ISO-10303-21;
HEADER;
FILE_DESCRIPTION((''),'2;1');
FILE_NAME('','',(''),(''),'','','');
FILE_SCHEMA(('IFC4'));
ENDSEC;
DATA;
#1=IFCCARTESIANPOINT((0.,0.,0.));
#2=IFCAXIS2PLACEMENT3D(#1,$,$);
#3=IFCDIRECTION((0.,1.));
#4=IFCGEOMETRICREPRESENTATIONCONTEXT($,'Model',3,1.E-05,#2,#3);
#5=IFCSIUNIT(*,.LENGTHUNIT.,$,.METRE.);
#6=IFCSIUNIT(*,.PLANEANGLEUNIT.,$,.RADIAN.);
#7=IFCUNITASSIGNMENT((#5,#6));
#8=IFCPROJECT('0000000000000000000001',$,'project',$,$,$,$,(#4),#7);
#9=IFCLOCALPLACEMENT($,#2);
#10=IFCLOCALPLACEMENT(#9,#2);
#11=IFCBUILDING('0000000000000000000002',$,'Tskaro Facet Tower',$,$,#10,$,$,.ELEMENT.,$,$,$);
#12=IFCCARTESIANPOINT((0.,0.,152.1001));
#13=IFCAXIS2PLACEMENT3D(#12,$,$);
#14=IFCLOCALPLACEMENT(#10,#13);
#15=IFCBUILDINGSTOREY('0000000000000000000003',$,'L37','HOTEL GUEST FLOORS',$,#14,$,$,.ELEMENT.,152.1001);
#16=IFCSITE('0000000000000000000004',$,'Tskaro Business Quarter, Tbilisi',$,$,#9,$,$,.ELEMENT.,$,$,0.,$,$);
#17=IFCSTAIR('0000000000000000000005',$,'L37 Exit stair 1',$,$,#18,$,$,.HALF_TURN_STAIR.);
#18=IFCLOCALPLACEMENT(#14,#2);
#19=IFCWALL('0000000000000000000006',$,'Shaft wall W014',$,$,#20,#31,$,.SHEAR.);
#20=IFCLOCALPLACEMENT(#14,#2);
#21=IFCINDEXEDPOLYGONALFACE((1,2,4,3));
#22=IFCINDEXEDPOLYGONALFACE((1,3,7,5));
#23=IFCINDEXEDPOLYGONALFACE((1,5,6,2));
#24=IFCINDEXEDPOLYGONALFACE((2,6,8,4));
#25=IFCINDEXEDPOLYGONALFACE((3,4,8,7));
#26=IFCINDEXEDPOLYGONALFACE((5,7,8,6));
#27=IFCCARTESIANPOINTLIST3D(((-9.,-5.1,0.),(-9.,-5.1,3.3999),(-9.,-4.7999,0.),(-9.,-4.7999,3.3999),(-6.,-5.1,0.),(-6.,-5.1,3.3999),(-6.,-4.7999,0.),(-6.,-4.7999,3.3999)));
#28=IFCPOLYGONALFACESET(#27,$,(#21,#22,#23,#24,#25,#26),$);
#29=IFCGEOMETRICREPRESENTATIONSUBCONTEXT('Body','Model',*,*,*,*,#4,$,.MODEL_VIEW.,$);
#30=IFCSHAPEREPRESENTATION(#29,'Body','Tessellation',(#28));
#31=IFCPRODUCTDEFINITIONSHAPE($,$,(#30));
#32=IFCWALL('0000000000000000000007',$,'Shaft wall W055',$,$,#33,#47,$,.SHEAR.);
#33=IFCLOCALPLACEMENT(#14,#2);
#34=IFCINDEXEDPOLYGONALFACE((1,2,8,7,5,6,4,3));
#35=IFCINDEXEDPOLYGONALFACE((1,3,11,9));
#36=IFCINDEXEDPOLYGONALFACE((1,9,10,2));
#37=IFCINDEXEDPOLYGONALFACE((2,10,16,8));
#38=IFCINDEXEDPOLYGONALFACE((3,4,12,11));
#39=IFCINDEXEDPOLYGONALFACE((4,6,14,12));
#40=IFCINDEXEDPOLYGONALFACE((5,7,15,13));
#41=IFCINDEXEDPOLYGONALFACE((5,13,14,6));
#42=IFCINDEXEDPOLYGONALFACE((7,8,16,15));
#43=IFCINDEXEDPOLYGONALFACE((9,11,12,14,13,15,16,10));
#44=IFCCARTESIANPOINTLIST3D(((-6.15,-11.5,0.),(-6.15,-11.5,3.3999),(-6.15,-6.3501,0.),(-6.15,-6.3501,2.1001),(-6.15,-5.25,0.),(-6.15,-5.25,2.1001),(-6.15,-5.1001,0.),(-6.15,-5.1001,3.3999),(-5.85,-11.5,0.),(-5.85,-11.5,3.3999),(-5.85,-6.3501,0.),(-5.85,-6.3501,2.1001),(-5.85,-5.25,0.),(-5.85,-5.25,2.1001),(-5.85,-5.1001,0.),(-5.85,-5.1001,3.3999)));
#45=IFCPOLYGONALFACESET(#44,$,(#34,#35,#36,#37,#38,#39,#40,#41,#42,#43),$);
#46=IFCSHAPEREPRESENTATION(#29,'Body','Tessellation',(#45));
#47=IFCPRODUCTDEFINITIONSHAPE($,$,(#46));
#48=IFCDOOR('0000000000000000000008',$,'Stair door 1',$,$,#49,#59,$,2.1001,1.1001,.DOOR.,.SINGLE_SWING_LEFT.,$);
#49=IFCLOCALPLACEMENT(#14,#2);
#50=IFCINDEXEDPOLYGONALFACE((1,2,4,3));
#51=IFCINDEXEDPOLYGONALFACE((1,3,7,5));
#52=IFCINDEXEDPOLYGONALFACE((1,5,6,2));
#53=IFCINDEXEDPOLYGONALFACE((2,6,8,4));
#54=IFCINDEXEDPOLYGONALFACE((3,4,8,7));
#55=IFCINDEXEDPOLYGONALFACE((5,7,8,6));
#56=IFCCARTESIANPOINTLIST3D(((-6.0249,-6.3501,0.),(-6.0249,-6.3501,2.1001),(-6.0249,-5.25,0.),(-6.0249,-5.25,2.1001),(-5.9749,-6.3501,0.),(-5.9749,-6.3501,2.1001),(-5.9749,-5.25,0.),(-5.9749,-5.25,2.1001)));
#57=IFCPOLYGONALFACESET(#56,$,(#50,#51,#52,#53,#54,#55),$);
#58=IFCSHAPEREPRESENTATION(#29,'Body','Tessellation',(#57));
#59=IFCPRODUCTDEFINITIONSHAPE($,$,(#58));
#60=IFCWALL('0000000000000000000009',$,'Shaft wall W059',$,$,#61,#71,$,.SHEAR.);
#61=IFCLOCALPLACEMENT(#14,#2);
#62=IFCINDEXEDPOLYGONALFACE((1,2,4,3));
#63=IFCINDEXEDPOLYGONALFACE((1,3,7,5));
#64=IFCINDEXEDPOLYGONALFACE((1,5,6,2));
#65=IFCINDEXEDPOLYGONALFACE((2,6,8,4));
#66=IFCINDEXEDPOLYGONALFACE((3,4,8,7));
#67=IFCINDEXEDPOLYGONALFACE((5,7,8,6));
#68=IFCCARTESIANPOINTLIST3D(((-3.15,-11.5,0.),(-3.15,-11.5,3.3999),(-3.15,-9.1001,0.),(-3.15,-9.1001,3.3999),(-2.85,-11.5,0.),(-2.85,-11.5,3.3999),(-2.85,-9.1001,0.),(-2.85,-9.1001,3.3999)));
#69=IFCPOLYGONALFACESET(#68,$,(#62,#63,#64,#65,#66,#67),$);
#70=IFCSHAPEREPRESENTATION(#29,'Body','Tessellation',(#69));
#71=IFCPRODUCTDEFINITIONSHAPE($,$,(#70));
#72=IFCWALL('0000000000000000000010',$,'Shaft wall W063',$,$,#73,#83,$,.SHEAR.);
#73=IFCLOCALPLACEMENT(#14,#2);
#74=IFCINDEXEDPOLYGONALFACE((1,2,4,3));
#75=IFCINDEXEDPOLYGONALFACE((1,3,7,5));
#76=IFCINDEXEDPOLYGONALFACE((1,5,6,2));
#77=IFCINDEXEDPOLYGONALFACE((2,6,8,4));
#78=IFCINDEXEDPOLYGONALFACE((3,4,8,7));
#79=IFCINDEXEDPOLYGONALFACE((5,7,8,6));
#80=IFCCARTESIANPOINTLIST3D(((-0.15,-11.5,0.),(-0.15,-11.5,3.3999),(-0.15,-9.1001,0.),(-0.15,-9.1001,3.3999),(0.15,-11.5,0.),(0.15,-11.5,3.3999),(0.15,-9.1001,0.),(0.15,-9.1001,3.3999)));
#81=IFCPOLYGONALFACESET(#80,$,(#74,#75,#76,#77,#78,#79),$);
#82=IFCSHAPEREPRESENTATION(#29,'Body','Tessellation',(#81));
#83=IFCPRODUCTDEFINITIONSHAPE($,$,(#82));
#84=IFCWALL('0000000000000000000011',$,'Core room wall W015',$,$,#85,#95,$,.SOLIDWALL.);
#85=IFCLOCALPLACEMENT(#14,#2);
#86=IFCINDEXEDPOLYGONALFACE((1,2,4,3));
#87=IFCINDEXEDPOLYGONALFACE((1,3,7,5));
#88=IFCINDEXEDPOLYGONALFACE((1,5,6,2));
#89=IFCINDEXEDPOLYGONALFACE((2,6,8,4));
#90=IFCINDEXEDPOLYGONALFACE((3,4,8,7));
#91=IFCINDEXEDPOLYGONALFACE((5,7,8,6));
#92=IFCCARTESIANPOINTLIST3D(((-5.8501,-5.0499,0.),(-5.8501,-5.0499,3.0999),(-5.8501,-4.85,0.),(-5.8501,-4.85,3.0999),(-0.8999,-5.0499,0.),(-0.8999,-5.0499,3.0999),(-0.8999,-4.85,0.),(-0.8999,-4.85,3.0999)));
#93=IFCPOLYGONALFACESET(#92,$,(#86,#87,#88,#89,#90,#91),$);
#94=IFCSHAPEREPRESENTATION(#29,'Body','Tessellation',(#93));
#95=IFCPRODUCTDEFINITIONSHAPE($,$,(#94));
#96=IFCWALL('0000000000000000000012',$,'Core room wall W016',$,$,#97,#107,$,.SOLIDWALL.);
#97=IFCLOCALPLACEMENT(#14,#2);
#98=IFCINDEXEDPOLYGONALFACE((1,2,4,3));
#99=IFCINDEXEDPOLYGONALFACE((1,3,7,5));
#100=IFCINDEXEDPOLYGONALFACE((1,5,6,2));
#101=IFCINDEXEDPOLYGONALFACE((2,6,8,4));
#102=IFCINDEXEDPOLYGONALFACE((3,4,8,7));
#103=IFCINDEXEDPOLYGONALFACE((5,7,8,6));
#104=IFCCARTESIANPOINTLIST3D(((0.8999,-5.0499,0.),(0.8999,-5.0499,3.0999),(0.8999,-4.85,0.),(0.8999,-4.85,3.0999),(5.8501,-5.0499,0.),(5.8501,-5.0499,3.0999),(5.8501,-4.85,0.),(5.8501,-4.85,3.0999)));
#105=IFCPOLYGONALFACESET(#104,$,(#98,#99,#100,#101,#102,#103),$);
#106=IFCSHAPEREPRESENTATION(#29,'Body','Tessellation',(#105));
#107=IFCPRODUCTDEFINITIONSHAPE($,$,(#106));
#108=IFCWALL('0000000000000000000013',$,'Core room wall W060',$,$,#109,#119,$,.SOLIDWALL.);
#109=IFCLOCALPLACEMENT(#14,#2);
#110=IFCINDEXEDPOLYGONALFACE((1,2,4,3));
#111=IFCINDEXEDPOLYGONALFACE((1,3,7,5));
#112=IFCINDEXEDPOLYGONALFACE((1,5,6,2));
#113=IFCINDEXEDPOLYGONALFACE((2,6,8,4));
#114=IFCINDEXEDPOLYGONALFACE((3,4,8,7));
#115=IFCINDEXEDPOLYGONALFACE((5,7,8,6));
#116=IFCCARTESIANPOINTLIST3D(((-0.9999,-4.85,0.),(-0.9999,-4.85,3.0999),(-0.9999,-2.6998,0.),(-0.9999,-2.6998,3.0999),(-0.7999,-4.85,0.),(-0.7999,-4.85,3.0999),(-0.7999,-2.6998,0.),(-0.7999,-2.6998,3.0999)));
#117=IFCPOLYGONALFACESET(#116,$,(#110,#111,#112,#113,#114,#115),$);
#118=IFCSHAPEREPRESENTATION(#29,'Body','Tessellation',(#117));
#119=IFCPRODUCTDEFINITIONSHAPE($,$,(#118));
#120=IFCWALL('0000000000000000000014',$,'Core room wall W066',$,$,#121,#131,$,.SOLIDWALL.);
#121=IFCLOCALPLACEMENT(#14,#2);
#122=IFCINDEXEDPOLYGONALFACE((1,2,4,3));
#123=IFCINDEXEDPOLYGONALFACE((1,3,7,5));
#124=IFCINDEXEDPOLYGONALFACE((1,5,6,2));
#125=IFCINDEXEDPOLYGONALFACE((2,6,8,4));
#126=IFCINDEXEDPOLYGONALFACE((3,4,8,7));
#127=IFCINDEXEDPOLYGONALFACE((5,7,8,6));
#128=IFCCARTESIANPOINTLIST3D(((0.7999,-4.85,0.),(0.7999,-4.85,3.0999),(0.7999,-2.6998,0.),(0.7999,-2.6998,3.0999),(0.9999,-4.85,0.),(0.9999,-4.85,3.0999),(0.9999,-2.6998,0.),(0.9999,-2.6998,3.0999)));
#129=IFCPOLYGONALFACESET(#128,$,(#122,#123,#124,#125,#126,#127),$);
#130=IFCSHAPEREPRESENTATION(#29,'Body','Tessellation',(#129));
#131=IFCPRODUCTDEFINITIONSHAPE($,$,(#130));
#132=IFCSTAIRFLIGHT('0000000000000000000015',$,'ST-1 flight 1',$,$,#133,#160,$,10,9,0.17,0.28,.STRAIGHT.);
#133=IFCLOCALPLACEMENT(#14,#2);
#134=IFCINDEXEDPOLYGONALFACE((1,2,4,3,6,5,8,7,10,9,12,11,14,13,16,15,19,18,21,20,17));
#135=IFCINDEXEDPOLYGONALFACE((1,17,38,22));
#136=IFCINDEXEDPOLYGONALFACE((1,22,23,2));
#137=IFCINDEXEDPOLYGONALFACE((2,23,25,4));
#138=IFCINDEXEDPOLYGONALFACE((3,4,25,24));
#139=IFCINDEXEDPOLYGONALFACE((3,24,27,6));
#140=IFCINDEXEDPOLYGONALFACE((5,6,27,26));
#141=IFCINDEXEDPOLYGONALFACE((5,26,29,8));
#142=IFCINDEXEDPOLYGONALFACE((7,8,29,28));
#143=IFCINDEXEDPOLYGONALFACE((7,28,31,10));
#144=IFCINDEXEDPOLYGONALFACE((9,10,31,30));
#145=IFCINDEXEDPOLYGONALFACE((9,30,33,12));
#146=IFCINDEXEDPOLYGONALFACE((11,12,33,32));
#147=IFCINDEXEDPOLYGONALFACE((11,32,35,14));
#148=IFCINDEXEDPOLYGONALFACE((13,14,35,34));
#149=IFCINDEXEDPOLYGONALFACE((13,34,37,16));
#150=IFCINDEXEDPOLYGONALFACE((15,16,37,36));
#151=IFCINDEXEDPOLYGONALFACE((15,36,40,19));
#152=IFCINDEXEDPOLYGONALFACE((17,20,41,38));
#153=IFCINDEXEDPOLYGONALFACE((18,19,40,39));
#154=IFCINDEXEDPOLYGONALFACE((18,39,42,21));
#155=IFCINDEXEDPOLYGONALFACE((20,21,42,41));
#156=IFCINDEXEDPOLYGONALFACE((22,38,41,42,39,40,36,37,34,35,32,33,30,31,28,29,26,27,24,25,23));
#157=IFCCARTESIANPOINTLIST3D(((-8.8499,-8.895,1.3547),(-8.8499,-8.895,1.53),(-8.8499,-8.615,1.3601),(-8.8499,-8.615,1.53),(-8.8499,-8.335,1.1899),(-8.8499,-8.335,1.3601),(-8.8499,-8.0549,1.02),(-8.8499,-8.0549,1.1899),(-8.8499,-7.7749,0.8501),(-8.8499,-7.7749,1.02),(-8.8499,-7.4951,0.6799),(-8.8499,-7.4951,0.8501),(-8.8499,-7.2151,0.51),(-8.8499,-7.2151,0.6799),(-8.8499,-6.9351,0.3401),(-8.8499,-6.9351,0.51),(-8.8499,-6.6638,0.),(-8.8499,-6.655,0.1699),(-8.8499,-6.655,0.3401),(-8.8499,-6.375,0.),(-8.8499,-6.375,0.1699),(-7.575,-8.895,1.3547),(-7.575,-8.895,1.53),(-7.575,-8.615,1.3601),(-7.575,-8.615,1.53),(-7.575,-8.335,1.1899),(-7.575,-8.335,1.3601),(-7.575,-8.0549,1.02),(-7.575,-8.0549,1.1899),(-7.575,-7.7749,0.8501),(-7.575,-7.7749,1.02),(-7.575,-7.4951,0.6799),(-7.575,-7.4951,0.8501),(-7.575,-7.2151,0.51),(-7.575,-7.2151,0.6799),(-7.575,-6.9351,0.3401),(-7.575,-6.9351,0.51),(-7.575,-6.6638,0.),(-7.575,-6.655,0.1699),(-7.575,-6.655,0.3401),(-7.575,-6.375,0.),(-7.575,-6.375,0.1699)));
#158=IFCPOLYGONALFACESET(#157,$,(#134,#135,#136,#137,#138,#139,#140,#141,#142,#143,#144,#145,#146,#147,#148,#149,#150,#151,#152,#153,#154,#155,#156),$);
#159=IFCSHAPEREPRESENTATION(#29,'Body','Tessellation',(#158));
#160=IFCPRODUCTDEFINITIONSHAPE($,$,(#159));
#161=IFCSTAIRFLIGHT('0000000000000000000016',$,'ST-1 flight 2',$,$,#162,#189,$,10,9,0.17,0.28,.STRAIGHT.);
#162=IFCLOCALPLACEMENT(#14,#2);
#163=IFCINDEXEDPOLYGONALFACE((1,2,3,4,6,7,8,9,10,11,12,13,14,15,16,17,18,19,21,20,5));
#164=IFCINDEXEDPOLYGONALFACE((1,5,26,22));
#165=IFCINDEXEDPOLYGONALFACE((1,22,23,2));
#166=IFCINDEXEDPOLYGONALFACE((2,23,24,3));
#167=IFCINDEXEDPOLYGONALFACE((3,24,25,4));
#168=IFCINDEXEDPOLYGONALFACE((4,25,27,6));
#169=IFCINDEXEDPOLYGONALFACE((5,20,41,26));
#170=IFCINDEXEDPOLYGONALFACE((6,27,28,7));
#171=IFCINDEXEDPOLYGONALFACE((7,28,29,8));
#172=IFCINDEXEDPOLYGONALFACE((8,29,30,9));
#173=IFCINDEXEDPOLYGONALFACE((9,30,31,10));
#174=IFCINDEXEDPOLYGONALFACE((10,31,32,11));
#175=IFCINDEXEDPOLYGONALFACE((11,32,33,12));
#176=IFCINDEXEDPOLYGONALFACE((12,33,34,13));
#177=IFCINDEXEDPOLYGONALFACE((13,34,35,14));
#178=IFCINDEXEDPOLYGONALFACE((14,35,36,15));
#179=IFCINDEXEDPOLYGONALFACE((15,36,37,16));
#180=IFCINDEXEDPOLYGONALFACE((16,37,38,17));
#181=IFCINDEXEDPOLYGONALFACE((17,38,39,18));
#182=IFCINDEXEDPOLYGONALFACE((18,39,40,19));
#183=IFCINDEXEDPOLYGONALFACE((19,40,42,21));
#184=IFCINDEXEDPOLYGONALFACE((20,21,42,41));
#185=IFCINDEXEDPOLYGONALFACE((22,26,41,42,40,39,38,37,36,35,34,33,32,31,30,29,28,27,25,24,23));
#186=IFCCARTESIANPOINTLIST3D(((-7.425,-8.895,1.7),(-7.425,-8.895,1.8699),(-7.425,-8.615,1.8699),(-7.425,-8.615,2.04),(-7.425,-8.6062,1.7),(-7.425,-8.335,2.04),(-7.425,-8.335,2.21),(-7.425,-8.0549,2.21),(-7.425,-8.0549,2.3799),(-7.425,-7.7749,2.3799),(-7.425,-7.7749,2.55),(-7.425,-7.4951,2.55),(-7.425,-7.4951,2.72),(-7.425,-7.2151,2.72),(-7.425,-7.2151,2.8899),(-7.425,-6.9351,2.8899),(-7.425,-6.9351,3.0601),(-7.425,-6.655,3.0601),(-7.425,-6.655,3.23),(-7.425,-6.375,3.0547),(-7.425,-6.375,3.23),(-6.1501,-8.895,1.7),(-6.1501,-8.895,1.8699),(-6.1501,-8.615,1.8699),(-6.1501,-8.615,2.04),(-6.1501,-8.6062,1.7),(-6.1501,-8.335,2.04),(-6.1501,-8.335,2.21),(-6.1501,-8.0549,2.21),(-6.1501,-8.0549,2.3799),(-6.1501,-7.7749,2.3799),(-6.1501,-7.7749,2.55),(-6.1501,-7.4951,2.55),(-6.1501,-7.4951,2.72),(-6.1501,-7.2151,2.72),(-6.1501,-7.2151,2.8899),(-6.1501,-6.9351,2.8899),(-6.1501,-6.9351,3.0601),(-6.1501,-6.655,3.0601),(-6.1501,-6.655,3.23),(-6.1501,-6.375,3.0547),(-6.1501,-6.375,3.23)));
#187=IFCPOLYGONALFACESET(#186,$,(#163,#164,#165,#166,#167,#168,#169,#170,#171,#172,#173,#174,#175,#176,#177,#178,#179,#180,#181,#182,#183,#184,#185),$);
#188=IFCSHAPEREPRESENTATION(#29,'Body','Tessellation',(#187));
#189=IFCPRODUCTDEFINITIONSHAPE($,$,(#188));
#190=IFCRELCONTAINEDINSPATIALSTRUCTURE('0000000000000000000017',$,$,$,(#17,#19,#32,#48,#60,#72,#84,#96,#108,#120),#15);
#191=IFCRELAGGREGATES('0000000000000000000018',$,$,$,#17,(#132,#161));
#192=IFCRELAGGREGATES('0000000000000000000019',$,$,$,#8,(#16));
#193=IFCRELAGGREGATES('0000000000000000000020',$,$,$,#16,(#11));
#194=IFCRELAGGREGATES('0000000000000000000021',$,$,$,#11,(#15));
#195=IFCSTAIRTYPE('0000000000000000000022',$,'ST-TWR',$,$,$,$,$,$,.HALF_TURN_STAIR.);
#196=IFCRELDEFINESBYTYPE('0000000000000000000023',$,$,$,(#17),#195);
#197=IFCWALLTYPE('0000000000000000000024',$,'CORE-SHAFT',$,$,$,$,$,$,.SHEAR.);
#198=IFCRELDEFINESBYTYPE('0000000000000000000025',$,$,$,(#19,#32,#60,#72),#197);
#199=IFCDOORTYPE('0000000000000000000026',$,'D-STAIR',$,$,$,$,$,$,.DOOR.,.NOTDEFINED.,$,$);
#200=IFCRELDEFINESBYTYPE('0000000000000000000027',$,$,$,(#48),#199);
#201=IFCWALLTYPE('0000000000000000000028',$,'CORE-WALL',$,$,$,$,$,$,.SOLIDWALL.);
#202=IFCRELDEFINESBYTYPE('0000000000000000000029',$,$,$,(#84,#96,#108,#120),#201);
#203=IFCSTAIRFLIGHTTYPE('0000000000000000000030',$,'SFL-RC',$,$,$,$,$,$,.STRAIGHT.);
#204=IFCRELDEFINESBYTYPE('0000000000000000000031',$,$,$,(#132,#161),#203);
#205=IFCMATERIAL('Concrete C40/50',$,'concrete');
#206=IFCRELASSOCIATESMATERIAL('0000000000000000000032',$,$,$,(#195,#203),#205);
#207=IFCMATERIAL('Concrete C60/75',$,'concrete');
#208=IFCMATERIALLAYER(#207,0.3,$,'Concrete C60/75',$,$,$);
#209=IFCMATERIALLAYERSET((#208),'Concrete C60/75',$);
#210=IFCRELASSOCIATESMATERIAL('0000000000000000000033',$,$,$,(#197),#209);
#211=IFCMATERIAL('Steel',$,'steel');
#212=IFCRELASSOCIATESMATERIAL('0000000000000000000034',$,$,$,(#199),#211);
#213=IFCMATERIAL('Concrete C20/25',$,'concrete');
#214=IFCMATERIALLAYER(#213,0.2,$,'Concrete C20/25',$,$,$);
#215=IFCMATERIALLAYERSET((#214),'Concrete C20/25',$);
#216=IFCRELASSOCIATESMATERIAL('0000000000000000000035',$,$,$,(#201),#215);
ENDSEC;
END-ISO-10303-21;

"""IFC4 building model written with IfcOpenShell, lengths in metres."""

from ifc_helpers import new_model, si_unit, direction, frame, frame_2d, origin, place, context, subcontext, project, spatial, polyline, rectangle, outline, extrude, material, layer, layer_set, type_object, element, fill, aggregate, save


model = new_model("IFC4")

# Units and contexts
model_context = context("Model", 3, precision=1e-05, world=origin(), true_north=direction((0.0, 1.0)))
body_context = subcontext(model_context, "Body", "Model", "MODEL_VIEW")
ifc_project = project(units=[si_unit("LENGTHUNIT", "METRE"), si_unit("PLANEANGLEUNIT", "RADIAN")], contexts=[model_context])

# Site, building, storey
site_placement = place(None, origin())
site = spatial("IfcSite", under=ifc_project, at=site_placement, Name="Tskaro Business Quarter, Tbilisi", CompositionType="ELEMENT", RefElevation=0.0)
building_placement = place(site_placement, origin())
building = spatial("IfcBuilding", under=site, at=building_placement, Name="Tskaro Facet Tower", CompositionType="ELEMENT")
storey_placement = place(building_placement, frame((0.0, 0.0, 152.1001)))
storey = spatial("IfcBuildingStorey", under=building, at=storey_placement, Name="L37", Description="HOTEL GUEST FLOORS", CompositionType="ELEMENT", Elevation=152.1001)

# Stair
ifc_material_1 = material(Name="Concrete C40/50", Category="concrete")
stair_type = type_object("IfcStairType", Name="ST-TWR", PredefinedType="HALF_TURN_STAIR", material=ifc_material_1)
stair_1_placement = place(storey_placement, origin())
stair_1 = element("IfcStair", 1, at=stair_1_placement, inside=storey, type_object=stair_type, Name="L37 Exit stair 1", PredefinedType="HALF_TURN_STAIR")

# Shared definitions
ifc_material_2 = material(Name="Concrete C60/75", Category="concrete")

# Shared definitions
ifc_layer_1 = layer(ifc_material_2, 0.3, Name="Concrete C60/75")
ifc_layer_set_1 = layer_set([ifc_layer_1], Name="Concrete C60/75")
wall_type_1 = type_object("IfcWallType", Name="CORE-SHAFT", PredefinedType="SHEAR", material=ifc_layer_set_1)

# Wall
wall_1_placement = place(storey_placement, frame((-9.0, -4.95, 0.0), z_axis=(0.0, 0.0, 1.0), x_axis=(1.0, 0.0, 0.0)))
element("IfcWall", 2, at=wall_1_placement, inside=storey, type_object=wall_type_1, Name="Shaft wall W014", PredefinedType="SHEAR", context=body_context, shape_type="SweptSolid", body=[
    extrude(rectangle(XDim=3.0, YDim=0.3, at=frame_2d((1.5, 0.0))), origin(), (0.0, 0.0, 1.0), 3.3999),
])

# Wall, opening, door
wall_2_placement = place(storey_placement, frame((-6.0, -11.5, 0.0), z_axis=(0.0, 0.0, 1.0), x_axis=(0.0, 1.0, 0.0)))
wall_2 = element("IfcWall", 3, at=wall_2_placement, inside=storey, type_object=wall_type_1, Name="Shaft wall W055", PredefinedType="SHEAR", context=body_context, shape_type="SweptSolid", body=[
    extrude(rectangle(XDim=6.3999, YDim=0.3, at=frame_2d((3.2, 0.0))), origin(), (0.0, 0.0, 1.0), 3.3999),
])
opening_1_placement = place(wall_2_placement, frame((5.1499, 0.0, 0.0)))
opening_1 = element("IfcOpeningElement", 4, at=opening_1_placement, cuts=wall_2, PredefinedType="OPENING", context=body_context, shape_type="SweptSolid", body=[
    extrude(rectangle(XDim=1.1001, YDim=2.1001, at=frame_2d((0.55, 1.05))), frame((0.0, 0.1599, 0.0), z_axis=(0.0, -1.0, 0.0), x_axis=(1.0, 0.0, 0.0)), (0.0, 0.0, 1.0), 0.3201),
])
ifc_material_3 = material(Name="Steel", Category="steel")
door_type_1 = type_object("IfcDoorType", Name="D-STAIR", OperationType="NOTDEFINED", PredefinedType="DOOR", material=ifc_material_3)
door_1_placement = place(opening_1_placement, origin())
door_1 = element("IfcDoor", 5, at=door_1_placement, inside=storey, type_object=door_type_1, Name="Stair door 1", OperationType="SINGLE_SWING_LEFT", OverallHeight=2.1001, OverallWidth=1.1001, PredefinedType="DOOR", context=body_context, shape_type="SweptSolid", body=[
    extrude(rectangle(XDim=1.1001, YDim=2.1001, at=frame_2d((0.55, 1.05))), frame((0.0, 0.0249, 0.0), z_axis=(0.0, -1.0, 0.0), x_axis=(1.0, 0.0, 0.0)), (0.0, 0.0, 1.0), 0.05),
])
fill(opening_1, door_1)

# Walls
for number, where, z_axis, x_axis, name in (
    (6, (-3.0, -11.5, 0.0), (0.0, 0.0, 1.0), (0.0, 1.0, 0.0), "Shaft wall W059"),
    (7, (0.0, -11.5, 0.0), (0.0, 0.0, 1.0), (0.0, 1.0, 0.0), "Shaft wall W063"),
):
    element("IfcWall", number, at=place(storey_placement, frame(where, z_axis=z_axis, x_axis=x_axis)), inside=storey, type_object=wall_type_1, Name=name, PredefinedType="SHEAR", context=body_context, shape_type="SweptSolid", body=[
        extrude(rectangle(XDim=2.3999, YDim=0.3, at=frame_2d((1.2, 0.0))), origin(), (0.0, 0.0, 1.0), 3.3999),
    ])
ifc_material_4 = material(Name="Concrete C20/25", Category="concrete")
ifc_layer_2 = layer(ifc_material_4, 0.2, Name="Concrete C20/25")
ifc_layer_set_2 = layer_set([ifc_layer_2], Name="Concrete C20/25")
wall_type_2 = type_object("IfcWallType", Name="CORE-WALL", PredefinedType="SOLIDWALL", material=ifc_layer_set_2)
for number, where, z_axis, x_axis, name in (
    (8, (-5.8501, -4.95, 0.0), (0.0, 0.0, 1.0), (1.0, 0.0, 0.0), "Core room wall W015"),
    (9, (0.8999, -4.95, 0.0), (0.0, 0.0, 1.0), (1.0, 0.0, 0.0), "Core room wall W016"),
):
    element("IfcWall", number, at=place(storey_placement, frame(where, z_axis=z_axis, x_axis=x_axis)), inside=storey, type_object=wall_type_2, Name=name, PredefinedType="SOLIDWALL", context=body_context, shape_type="SweptSolid", body=[
        extrude(rectangle(XDim=4.9502, YDim=0.2, at=frame_2d((2.4751, 0.0))), origin(), (0.0, 0.0, 1.0), 3.0999),
    ])
for number, where, z_axis, x_axis, name in (
    (10, (-0.8999, -4.8501, 0.0), (0.0, 0.0, 1.0), (0.0, 1.0, 0.0), "Core room wall W060"),
    (11, (0.8999, -4.8501, 0.0), (0.0, 0.0, 1.0), (0.0, 1.0, 0.0), "Core room wall W066"),
):
    element("IfcWall", number, at=place(storey_placement, frame(where, z_axis=z_axis, x_axis=x_axis)), inside=storey, type_object=wall_type_2, Name=name, PredefinedType="SOLIDWALL", context=body_context, shape_type="SweptSolid", body=[
        extrude(rectangle(XDim=2.1501, YDim=0.2, at=frame_2d((1.0752, 0.0))), origin(), (0.0, 0.0, 1.0), 3.0999),
    ])

# Stair flights
stair_flight_type = type_object("IfcStairFlightType", Name="SFL-RC", PredefinedType="STRAIGHT", material=ifc_material_1)
stair_flight_1_placement = place(storey_placement, frame((-8.2124, -6.375, 0.0), z_axis=(0.0, 0.0, 1.0), x_axis=(0.0, -1.0, 0.0)))
stair_flight_1 = element("IfcStairFlight", 12, at=stair_flight_1_placement, type_object=stair_flight_type, Name="ST-1 flight 1", NumberOfRisers=10, NumberOfTreads=9, PredefinedType="STRAIGHT", RiserHeight=0.17, TreadLength=0.28, context=body_context, shape_type="SweptSolid", body=[
    extrude(outline(polyline([(0.0, 0.0), (0.0, 0.1699), (0.28, 0.1699), (0.28, 0.3401), (0.5601, 0.3401), (0.5601, 0.51), (0.8401, 0.51), (0.8401, 0.6799), (1.1201, 0.6799), (1.1201, 0.8501), (1.3999, 0.8501), (1.3999, 1.02), (1.6799, 1.02), (1.6799, 1.1899), (1.96, 1.1899), (1.96, 1.3601), (2.24, 1.3601), (2.24, 1.53), (2.52, 1.53), (2.52, 1.7), (2.52, 1.3547), (0.2888, 0.0), (0.0, 0.0)])), frame((0.0, 0.6375, 0.0), z_axis=(0.0, -1.0, 0.0), x_axis=(1.0, 0.0, 0.0)), (0.0, 0.0, 1.0), 1.2749),
])
stair_flight_2_placement = place(storey_placement, frame((-6.7876, -8.895, 1.7), z_axis=(0.0, 0.0, 1.0), x_axis=(0.0, 1.0, 0.0)))
stair_flight_2 = element("IfcStairFlight", 13, at=stair_flight_2_placement, type_object=stair_flight_type, Name="ST-1 flight 2", NumberOfRisers=10, NumberOfTreads=9, PredefinedType="STRAIGHT", RiserHeight=0.17, TreadLength=0.28, context=body_context, shape_type="SweptSolid", body=[
    extrude(outline(polyline([(0.0, 0.0), (0.0, 0.1699), (0.28, 0.1699), (0.28, 0.3401), (0.5601, 0.3401), (0.5601, 0.51), (0.8401, 0.51), (0.8401, 0.6799), (1.1201, 0.6799), (1.1201, 0.8501), (1.3999, 0.8501), (1.3999, 1.02), (1.6799, 1.02), (1.6799, 1.1899), (1.96, 1.1899), (1.96, 1.3601), (2.24, 1.3601), (2.24, 1.53), (2.52, 1.53), (2.52, 1.7), (2.52, 1.3547), (0.2888, 0.0), (0.0, 0.0)])), frame((0.0, 0.6375, 0.0), z_axis=(0.0, -1.0, 0.0), x_axis=(1.0, 0.0, 0.0)), (0.0, 0.0, 1.0), 1.2749),
])
aggregate(stair_1, [stair_flight_1, stair_flight_2])

save(model, "model.ifc")
